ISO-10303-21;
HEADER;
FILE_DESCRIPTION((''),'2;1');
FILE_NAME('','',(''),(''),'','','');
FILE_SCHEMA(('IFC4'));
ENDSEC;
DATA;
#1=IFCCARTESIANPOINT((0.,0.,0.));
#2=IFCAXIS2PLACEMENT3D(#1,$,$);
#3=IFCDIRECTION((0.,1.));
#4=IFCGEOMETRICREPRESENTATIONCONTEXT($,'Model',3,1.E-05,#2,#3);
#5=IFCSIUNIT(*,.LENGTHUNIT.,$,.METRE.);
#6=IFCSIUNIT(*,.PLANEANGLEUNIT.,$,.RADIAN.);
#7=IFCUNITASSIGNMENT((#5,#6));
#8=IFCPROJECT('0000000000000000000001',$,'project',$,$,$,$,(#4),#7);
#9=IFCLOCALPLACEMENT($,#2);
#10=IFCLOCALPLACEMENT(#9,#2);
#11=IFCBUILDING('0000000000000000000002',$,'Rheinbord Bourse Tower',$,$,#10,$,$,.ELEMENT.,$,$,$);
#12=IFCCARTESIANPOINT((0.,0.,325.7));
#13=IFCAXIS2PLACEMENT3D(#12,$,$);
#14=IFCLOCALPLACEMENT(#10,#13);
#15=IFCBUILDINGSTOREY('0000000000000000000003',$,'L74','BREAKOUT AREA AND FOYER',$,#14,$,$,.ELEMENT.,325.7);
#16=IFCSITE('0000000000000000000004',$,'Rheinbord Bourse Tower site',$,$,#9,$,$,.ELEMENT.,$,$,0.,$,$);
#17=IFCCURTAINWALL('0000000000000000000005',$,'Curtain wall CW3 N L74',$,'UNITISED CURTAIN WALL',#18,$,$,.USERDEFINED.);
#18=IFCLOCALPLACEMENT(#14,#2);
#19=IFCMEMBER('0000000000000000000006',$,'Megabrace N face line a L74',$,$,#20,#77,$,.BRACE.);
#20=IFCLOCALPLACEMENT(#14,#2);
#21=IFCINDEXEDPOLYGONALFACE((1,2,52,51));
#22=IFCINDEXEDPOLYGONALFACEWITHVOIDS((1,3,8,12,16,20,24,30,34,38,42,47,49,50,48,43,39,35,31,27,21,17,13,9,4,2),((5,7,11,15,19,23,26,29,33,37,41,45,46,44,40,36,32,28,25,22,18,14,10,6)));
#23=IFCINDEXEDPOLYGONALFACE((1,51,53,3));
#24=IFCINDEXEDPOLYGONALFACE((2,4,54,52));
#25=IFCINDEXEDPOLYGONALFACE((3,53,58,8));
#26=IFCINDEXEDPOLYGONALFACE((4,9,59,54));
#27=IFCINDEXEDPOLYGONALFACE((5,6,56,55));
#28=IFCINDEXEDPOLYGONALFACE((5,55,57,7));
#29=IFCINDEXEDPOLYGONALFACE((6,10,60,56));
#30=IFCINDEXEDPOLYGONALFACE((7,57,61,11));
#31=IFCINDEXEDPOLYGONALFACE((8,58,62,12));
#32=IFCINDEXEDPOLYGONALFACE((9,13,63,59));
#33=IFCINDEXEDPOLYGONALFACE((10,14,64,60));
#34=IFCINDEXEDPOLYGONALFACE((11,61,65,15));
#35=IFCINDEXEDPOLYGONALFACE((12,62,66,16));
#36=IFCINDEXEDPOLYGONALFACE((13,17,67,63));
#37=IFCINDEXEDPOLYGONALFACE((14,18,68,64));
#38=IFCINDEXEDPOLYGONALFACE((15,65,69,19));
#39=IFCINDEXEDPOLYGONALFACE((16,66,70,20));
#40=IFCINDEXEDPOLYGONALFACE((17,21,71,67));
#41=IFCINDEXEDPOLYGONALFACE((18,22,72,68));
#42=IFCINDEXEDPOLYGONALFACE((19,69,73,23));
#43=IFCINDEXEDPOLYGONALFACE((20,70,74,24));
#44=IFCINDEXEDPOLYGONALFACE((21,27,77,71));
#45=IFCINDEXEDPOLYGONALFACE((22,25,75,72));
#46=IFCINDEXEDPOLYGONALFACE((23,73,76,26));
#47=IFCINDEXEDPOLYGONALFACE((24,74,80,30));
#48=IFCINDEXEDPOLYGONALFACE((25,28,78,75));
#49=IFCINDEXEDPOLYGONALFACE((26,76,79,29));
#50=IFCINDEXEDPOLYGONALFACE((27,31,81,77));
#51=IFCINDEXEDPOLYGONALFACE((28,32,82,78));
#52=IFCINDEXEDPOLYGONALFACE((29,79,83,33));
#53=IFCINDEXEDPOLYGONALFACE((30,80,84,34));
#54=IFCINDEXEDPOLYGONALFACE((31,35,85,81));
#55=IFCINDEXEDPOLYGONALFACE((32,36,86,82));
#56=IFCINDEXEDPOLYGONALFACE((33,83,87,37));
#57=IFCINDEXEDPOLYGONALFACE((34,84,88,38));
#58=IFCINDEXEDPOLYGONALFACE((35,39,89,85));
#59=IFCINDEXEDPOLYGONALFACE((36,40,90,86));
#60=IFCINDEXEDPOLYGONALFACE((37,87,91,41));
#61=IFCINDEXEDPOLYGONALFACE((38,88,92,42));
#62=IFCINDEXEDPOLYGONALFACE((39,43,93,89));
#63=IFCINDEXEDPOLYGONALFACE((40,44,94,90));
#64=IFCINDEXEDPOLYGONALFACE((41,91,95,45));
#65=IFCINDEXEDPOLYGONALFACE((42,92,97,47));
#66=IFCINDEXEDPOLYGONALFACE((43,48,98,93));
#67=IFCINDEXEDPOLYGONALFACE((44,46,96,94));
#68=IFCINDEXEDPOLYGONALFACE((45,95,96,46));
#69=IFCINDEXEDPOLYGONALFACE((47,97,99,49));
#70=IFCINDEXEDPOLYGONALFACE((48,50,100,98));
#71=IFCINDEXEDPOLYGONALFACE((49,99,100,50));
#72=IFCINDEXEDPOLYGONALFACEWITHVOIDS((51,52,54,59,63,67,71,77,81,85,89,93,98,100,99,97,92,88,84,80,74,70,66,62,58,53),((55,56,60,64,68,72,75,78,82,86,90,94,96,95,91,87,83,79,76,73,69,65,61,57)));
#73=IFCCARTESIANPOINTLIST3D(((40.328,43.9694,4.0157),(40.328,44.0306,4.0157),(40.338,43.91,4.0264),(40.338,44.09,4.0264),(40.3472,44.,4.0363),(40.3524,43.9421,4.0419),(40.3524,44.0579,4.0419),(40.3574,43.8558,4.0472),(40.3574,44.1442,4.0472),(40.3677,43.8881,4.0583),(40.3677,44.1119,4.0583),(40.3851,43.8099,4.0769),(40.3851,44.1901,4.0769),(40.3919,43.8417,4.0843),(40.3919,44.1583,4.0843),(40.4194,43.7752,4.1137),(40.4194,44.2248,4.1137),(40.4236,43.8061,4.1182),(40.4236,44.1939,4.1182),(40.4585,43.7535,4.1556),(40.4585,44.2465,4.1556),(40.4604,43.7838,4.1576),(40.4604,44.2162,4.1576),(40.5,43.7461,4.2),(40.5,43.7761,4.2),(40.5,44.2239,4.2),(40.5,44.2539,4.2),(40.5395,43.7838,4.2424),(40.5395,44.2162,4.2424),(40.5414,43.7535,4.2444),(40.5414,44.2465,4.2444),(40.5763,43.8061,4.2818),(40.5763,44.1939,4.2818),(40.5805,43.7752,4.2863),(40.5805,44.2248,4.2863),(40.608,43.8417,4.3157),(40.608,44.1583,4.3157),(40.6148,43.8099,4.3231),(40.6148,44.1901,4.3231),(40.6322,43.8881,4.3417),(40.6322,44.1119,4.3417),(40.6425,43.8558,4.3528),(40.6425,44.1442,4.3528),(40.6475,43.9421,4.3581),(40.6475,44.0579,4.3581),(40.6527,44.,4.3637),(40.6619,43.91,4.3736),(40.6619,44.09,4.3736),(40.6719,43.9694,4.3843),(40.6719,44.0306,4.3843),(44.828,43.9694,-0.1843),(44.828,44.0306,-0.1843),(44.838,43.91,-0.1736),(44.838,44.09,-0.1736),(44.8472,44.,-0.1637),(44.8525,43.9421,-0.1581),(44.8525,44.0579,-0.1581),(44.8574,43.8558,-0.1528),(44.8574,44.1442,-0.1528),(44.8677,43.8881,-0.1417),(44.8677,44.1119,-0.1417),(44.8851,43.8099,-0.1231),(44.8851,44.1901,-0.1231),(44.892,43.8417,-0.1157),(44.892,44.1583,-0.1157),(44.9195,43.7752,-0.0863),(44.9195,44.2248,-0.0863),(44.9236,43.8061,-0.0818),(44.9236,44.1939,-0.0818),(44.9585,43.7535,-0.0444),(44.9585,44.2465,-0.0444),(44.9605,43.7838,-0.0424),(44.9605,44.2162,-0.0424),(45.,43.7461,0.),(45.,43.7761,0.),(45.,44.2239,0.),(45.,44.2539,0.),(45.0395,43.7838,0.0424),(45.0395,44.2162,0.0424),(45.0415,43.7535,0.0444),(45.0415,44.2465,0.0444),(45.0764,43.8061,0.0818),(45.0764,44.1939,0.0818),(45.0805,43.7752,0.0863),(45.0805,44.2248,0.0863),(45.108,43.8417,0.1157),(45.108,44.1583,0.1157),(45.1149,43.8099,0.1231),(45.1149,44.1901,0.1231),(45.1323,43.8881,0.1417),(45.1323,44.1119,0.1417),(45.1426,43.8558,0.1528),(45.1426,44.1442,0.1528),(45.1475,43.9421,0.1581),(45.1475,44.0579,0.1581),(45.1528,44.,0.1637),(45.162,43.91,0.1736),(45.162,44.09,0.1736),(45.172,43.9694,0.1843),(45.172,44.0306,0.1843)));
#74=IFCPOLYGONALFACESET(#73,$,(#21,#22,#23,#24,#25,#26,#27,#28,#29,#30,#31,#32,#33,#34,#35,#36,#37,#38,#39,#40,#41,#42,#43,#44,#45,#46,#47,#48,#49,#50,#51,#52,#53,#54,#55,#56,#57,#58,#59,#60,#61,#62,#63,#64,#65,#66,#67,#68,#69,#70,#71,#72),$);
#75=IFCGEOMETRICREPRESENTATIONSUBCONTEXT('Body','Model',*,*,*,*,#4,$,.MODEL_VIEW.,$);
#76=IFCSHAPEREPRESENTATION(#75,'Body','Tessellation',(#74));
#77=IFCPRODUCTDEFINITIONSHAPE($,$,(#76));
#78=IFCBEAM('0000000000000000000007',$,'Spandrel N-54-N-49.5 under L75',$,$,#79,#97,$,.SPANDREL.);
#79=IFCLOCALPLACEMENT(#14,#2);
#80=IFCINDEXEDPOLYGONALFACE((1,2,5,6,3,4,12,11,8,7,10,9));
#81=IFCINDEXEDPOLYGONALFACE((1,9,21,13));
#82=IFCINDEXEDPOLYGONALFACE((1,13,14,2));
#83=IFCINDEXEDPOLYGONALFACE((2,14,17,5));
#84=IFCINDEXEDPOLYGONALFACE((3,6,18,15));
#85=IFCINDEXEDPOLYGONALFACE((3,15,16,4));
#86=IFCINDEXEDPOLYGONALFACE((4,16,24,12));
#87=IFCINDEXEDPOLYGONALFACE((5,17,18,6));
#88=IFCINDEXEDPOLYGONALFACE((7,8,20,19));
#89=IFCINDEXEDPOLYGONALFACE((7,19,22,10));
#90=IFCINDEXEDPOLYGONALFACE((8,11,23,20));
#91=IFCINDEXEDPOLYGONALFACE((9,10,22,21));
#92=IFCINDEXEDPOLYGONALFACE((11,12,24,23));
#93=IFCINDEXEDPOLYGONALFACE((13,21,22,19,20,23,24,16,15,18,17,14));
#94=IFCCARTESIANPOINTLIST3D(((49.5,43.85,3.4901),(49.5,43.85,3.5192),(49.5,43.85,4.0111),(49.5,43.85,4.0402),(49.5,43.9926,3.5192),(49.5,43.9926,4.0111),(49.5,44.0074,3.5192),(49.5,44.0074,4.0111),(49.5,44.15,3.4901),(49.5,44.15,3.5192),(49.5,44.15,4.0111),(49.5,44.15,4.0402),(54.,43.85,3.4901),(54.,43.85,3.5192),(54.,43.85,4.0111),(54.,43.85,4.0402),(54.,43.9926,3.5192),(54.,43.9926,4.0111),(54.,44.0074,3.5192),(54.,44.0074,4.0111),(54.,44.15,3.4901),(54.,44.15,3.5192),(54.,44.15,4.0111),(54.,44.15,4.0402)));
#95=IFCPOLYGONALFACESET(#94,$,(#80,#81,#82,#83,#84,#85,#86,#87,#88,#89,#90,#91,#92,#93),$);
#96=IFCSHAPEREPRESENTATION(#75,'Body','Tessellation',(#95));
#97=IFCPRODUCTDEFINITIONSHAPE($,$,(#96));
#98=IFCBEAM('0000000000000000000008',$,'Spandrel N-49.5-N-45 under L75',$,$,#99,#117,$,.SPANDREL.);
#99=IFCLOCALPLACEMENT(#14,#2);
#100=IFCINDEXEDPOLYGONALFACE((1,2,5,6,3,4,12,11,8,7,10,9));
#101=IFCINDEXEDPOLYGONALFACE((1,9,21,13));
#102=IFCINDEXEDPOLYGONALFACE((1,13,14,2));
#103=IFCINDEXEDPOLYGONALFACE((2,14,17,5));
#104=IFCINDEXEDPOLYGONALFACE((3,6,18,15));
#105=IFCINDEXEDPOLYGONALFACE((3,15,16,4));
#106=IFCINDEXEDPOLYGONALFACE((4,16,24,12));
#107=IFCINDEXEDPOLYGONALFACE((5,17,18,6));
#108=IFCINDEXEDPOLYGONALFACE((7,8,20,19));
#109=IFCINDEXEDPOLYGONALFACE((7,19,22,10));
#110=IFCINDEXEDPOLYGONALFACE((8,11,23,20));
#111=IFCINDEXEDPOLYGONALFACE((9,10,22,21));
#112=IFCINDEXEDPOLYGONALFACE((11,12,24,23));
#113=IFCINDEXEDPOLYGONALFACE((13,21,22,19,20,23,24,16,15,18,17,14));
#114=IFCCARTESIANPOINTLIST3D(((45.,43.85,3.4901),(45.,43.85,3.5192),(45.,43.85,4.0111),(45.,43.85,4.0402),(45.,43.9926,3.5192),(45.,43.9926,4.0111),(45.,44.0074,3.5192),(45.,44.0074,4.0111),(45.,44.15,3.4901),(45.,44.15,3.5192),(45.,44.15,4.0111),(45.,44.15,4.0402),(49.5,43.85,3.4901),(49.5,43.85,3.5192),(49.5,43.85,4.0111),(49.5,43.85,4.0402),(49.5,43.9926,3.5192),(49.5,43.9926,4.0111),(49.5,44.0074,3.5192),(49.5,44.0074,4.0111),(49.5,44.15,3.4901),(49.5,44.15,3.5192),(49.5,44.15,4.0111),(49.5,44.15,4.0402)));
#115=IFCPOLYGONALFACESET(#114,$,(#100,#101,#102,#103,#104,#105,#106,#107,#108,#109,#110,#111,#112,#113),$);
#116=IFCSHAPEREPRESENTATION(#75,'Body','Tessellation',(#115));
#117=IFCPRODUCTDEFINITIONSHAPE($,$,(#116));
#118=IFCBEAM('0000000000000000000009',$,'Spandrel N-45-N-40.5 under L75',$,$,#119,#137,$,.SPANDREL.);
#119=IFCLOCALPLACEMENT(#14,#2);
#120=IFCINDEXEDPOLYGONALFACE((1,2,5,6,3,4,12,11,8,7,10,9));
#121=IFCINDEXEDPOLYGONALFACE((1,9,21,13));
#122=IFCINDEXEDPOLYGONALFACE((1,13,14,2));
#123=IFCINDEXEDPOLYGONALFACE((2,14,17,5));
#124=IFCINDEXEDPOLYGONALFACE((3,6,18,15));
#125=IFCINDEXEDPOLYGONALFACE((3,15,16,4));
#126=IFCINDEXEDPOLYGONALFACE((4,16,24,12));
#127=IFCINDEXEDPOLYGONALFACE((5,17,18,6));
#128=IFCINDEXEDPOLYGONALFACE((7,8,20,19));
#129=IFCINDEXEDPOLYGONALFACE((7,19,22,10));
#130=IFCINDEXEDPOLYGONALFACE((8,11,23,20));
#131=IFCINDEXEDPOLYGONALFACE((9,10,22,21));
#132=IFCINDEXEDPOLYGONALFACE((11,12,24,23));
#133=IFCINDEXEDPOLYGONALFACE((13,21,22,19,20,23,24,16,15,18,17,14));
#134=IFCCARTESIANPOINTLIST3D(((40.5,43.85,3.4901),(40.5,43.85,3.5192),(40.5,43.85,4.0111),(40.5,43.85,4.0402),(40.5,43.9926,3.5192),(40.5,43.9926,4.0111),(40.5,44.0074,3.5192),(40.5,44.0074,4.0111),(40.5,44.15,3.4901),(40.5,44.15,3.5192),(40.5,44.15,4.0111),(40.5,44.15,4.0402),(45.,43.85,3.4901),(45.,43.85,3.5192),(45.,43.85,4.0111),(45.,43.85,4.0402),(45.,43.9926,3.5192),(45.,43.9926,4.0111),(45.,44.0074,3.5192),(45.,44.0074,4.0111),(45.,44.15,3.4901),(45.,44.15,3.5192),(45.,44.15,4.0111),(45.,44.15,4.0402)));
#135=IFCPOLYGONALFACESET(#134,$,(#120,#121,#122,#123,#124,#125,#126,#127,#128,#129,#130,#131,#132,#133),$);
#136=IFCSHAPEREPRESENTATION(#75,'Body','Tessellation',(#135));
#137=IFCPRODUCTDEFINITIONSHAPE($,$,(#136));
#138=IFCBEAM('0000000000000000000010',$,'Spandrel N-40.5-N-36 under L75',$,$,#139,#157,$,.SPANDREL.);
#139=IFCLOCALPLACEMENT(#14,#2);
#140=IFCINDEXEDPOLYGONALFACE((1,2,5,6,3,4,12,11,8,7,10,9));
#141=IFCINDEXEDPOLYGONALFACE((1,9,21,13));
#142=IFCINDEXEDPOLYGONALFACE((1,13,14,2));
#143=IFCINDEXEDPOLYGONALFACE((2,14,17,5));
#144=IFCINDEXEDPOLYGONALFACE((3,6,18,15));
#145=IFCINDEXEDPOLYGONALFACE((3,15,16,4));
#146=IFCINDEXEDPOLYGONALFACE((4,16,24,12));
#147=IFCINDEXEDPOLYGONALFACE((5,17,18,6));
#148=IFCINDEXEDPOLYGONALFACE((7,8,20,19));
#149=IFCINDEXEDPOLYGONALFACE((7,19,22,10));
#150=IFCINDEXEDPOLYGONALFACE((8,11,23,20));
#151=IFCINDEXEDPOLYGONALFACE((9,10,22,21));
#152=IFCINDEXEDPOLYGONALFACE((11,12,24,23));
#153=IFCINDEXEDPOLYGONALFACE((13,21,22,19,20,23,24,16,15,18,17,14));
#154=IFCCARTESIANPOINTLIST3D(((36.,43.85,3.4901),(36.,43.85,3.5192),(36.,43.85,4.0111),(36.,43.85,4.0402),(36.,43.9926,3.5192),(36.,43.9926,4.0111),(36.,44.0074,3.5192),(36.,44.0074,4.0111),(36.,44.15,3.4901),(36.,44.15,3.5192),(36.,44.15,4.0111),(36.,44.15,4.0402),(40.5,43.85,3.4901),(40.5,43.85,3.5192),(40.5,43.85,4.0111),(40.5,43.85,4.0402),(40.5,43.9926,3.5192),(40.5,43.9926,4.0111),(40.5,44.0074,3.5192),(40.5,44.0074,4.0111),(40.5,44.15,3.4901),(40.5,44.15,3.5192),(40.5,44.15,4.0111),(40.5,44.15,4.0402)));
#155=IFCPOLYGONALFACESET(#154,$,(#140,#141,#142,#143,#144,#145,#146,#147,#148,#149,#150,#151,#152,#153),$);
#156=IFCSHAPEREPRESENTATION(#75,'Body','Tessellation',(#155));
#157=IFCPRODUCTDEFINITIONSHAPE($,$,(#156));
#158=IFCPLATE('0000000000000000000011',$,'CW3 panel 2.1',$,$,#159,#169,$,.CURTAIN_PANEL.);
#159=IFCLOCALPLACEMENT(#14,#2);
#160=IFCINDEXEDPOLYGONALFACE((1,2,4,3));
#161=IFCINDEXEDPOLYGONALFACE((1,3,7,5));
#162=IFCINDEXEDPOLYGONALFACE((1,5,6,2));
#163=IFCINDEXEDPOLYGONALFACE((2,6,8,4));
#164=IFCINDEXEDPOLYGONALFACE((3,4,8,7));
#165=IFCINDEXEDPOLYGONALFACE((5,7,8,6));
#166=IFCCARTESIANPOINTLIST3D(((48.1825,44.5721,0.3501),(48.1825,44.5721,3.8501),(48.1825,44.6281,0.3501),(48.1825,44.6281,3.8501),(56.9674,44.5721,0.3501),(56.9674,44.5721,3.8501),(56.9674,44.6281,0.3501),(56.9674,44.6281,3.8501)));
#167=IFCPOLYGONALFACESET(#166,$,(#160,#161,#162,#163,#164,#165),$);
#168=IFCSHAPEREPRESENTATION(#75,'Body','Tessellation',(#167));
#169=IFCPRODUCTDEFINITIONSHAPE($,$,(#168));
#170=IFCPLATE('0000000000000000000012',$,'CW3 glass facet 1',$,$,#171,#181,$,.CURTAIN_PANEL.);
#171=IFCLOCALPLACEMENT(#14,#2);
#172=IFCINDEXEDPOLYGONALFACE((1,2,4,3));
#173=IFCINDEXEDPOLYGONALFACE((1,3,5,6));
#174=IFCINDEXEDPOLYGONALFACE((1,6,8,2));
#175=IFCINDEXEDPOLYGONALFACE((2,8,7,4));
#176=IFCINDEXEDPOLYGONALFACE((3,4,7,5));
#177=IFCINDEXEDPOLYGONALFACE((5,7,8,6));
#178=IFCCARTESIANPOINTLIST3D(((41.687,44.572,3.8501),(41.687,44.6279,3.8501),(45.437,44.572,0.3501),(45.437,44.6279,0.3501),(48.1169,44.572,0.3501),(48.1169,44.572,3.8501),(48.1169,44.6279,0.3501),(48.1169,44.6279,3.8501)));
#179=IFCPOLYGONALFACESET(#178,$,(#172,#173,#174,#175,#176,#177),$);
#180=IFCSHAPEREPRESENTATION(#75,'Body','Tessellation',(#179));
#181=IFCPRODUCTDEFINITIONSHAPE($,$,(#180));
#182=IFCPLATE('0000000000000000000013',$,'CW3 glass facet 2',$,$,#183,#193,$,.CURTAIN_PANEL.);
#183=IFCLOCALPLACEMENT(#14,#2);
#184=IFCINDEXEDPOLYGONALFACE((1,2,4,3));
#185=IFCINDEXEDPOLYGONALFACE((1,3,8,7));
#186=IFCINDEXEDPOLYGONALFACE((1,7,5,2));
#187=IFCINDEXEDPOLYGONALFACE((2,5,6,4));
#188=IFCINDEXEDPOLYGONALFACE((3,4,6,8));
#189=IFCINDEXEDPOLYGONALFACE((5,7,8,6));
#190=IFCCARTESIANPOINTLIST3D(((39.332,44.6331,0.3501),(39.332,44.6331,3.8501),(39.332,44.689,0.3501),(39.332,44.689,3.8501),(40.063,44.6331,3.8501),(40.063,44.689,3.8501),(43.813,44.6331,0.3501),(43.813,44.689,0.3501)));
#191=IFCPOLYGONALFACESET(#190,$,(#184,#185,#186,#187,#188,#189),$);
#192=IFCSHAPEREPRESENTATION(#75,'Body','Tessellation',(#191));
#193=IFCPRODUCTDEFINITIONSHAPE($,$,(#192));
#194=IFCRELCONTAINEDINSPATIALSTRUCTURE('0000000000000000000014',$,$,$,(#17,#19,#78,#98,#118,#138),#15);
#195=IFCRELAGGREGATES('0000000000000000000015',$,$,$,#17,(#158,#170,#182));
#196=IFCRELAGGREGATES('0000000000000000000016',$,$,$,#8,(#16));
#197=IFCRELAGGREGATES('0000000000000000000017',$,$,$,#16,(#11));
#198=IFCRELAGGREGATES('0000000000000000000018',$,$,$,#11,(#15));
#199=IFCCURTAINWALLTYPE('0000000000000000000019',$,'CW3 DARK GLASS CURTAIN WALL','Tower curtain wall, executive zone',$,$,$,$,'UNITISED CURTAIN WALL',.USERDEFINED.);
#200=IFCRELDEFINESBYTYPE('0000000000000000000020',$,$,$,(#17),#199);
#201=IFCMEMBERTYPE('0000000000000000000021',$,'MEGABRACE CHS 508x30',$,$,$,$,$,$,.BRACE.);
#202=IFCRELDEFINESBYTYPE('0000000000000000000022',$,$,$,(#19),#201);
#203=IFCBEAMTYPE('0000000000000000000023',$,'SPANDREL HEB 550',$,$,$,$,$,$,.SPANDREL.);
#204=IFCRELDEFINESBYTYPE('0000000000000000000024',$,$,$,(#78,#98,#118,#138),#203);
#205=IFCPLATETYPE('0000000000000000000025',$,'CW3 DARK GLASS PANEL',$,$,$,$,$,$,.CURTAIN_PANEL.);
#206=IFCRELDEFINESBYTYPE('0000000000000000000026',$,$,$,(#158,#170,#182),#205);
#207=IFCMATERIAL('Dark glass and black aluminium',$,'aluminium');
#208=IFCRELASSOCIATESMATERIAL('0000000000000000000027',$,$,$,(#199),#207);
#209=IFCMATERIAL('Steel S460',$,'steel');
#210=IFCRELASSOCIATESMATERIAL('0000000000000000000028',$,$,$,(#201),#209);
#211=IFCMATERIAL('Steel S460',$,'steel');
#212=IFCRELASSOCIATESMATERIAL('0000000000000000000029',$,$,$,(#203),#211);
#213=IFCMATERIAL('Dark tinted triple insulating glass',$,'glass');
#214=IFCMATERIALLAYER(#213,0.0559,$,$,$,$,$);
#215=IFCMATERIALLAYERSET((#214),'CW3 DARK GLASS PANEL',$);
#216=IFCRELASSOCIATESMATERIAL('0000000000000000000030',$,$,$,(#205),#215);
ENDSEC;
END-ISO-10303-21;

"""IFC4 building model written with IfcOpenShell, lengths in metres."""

from ifc_helpers import new_model, si_unit, direction, frame, origin, origin_2d, place, context, subcontext, project, spatial, polyline, rectangle, hollow_circle, i_section, outline, extrude, material, layer, layer_set, material_profile, profile_set, type_object, element, aggregate, save


model = new_model("IFC4")

# Units and contexts
model_context = context("Model", 3, precision=1e-05, world=origin(), true_north=direction((0.0, 1.0)))
body_context = subcontext(model_context, "Body", "Model", "MODEL_VIEW")
ifc_project = project(units=[si_unit("LENGTHUNIT", "METRE"), si_unit("PLANEANGLEUNIT", "RADIAN")], contexts=[model_context])

# Site, building, storey
site_placement = place(None, origin())
site = spatial("IfcSite", under=ifc_project, at=site_placement, Name="Rheinbord Bourse Tower site", CompositionType="ELEMENT", RefElevation=0.0)
building_placement = place(site_placement, origin())
building = spatial("IfcBuilding", under=site, at=building_placement, Name="Rheinbord Bourse Tower", CompositionType="ELEMENT")
storey_placement = place(building_placement, frame((0.0, 0.0, 325.7)))
storey = spatial("IfcBuildingStorey", under=building, at=storey_placement, Name="L74", Description="BREAKOUT AREA AND FOYER", CompositionType="ELEMENT", Elevation=325.7)

# Curtain wall
ifc_material_1 = material(Name="Dark glass and black aluminium", Category="aluminium")
curtain_wall_type = type_object("IfcCurtainWallType", Name="CW3 DARK GLASS CURTAIN WALL", Description="Tower curtain wall, executive zone", ElementType="UNITISED CURTAIN WALL", PredefinedType="USERDEFINED", material=ifc_material_1)
curtain_wall_placement = place(storey_placement, origin())
curtain_wall = element("IfcCurtainWall", 1, at=curtain_wall_placement, inside=storey, type_object=curtain_wall_type, Name="Curtain wall CW3 N L74", ObjectType="UNITISED CURTAIN WALL", PredefinedType="USERDEFINED")

# Member
ifc_material_2 = material(Name="Steel S460", Category="steel")
ifc_material_profile_1 = material_profile(ifc_material_2, hollow_circle(Radius=0.2539, WallThickness=0.03, at=origin_2d()), Name="CHS 508x30")
ifc_profile_set_1 = profile_set([ifc_material_profile_1], Name="Steel S460")
member_type_1 = type_object("IfcMemberType", Name="MEGABRACE CHS 508x30", PredefinedType="BRACE", material=ifc_profile_set_1)
member_1_placement = place(storey_placement, frame((45.0, 44.0, 0.0), z_axis=(-0.731059, 0.0, 0.682314), x_axis=(0.0, -1.0, 0.0)))
element("IfcMember", 2, at=member_1_placement, inside=storey, type_object=member_type_1, Name="Megabrace N face line a L74", PredefinedType="BRACE", context=body_context, shape_type="SweptSolid", body=[
    extrude(hollow_circle(Radius=0.2539, WallThickness=0.03, at=origin_2d()), origin(), (0.0, 0.0, 1.0), 6.1555),
])

# Beams
ifc_material_3 = material(Name="Steel S460", Category="steel")
ifc_material_profile_2 = material_profile(ifc_material_3, i_section(OverallWidth=0.3, OverallDepth=0.55, WebThickness=0.0149, FlangeThickness=0.0291, at=origin_2d()), Name="HEB 550")
ifc_profile_set_2 = profile_set([ifc_material_profile_2], Name="Steel S460")
beam_type_1 = type_object("IfcBeamType", Name="SPANDREL HEB 550", PredefinedType="SPANDREL", material=ifc_profile_set_2)
for number, where, z_axis, x_axis, name in (
    (3, (54.0, 44.0, 3.7651), (-1.0, 0.0, 0.0), (0.0, -1.0, 0.0), "Spandrel N-54-N-49.5 under L75"),
    (4, (49.5, 44.0, 3.7651), (-1.0, 0.0, 0.0), (0.0, -1.0, 0.0), "Spandrel N-49.5-N-45 under L75"),
    (5, (45.0, 44.0, 3.7651), (-1.0, 0.0, 0.0), (0.0, -1.0, 0.0), "Spandrel N-45-N-40.5 under L75"),
    (6, (40.5, 44.0, 3.7651), (-1.0, 0.0, 0.0), (0.0, -1.0, 0.0), "Spandrel N-40.5-N-36 under L75"),
):
    element("IfcBeam", number, at=place(storey_placement, frame(where, z_axis=z_axis, x_axis=x_axis)), inside=storey, type_object=beam_type_1, Name=name, PredefinedType="SPANDREL", context=body_context, shape_type="SweptSolid", body=[
        extrude(i_section(OverallWidth=0.3, OverallDepth=0.55, WebThickness=0.0149, FlangeThickness=0.0291, at=origin_2d()), origin(), (0.0, 0.0, 1.0), 4.5),
    ])

# Plates
ifc_material_4 = material(Name="Dark tinted triple insulating glass", Category="glass")
ifc_layer_1 = layer(ifc_material_4, 0.0559)
ifc_layer_set_1 = layer_set([ifc_layer_1], Name="CW3 DARK GLASS PANEL")
plate_type = type_object("IfcPlateType", Name="CW3 DARK GLASS PANEL", PredefinedType="CURTAIN_PANEL", material=ifc_layer_set_1)
plate_1_placement = place(storey_placement, frame((52.575, 44.6001, 0.3501), z_axis=(0.0, 0.0, 1.0), x_axis=(-1.0, 0.0, 0.0)))
plate_1 = element("IfcPlate", 7, at=plate_1_placement, type_object=plate_type, Name="CW3 panel 2.1", PredefinedType="CURTAIN_PANEL", context=body_context, shape_type="SweptSolid", body=[
    extrude(rectangle(XDim=8.7849, YDim=0.0559, at=origin_2d()), origin(), (0.0, 0.0, 1.0), 3.5),
])
plate_2_placement = place(storey_placement, frame((48.1169, 44.6279, 0.3501), z_axis=(0.0, -1.0, 0.0), x_axis=(0.0, 0.0, 1.0)))
plate_2 = element("IfcPlate", 8, at=plate_2_placement, type_object=plate_type, Name="CW3 glass facet 1", PredefinedType="CURTAIN_PANEL", context=body_context, shape_type="SweptSolid", body=[
    extrude(outline(polyline([(0.0, 0.0), (3.5, 0.0), (3.5, 6.4299), (0.0, 2.6799), (0.0, 0.0)])), origin(), (0.0, 0.0, 1.0), 0.0559),
])
plate_3_placement = place(storey_placement, frame((39.332, 44.689, 3.8501), z_axis=(0.0, -1.0, 0.0), x_axis=(0.0, 0.0, -1.0)))
plate_3 = element("IfcPlate", 9, at=plate_3_placement, type_object=plate_type, Name="CW3 glass facet 2", PredefinedType="CURTAIN_PANEL", context=body_context, shape_type="SweptSolid", body=[
    extrude(outline(polyline([(0.0, 0.0), (3.5, 0.0), (3.5, 4.481), (0.0, 0.731), (0.0, 0.0)])), origin(), (0.0, 0.0, 1.0), 0.0559),
])
aggregate(curtain_wall, [plate_1, plate_2, plate_3])

save(model, "model.ifc")
